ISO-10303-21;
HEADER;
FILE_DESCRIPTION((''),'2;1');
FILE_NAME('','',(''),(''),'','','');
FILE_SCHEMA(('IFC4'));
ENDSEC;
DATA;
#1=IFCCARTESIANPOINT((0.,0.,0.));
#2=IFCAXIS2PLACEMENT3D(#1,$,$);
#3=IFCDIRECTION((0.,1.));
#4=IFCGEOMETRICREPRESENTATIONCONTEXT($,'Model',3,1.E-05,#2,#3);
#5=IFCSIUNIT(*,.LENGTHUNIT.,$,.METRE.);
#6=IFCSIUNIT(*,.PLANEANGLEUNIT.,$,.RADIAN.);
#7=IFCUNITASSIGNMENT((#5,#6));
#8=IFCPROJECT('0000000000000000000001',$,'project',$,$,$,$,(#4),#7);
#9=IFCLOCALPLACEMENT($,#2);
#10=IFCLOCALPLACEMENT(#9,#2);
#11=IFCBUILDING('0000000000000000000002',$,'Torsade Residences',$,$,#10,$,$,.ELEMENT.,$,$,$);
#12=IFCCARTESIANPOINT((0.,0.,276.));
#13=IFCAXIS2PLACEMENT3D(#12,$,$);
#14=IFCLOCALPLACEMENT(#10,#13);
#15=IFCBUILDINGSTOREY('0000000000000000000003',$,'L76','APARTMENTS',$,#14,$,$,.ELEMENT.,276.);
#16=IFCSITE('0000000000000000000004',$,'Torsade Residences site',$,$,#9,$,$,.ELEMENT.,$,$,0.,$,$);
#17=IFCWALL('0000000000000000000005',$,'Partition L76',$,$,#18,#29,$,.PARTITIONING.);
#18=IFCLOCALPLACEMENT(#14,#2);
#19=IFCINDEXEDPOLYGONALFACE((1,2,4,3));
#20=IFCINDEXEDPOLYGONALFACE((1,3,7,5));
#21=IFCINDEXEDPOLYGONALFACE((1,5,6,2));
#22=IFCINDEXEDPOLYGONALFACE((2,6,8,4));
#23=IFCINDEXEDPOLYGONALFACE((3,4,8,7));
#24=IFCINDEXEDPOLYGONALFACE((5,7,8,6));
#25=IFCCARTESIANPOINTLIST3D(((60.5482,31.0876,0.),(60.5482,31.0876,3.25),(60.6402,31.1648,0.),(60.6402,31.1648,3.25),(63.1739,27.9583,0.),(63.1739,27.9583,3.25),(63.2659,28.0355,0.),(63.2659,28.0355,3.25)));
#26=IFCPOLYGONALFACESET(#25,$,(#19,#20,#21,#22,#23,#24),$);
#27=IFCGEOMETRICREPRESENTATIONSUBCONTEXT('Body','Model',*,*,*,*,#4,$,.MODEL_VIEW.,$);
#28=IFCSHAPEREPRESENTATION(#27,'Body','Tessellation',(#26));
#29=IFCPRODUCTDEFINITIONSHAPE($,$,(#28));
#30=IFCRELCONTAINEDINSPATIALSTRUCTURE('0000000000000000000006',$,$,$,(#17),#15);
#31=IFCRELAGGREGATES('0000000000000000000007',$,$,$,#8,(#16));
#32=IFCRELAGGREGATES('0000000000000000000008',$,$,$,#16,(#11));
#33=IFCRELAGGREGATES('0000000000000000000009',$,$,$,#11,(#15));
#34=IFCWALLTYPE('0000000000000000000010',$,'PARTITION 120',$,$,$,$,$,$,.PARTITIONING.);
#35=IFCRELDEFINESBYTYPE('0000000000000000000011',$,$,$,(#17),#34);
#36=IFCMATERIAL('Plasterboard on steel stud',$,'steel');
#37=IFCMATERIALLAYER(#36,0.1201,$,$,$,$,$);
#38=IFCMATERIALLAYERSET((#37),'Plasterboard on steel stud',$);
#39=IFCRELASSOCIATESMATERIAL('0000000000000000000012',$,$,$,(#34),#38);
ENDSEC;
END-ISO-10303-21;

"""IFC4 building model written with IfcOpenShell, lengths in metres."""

from ifc_helpers import new_model, si_unit, direction, frame, frame_2d, origin, place, context, subcontext, project, spatial, rectangle, extrude, material, layer, layer_set, type_object, element, save


model = new_model("IFC4")

# Units and contexts
model_context = context("Model", 3, precision=1e-05, world=origin(), true_north=direction((0.0, 1.0)))
body_context = subcontext(model_context, "Body", "Model", "MODEL_VIEW")
ifc_project = project(units=[si_unit("LENGTHUNIT", "METRE"), si_unit("PLANEANGLEUNIT", "RADIAN")], contexts=[model_context])

# Site, building, storey
site_placement = place(None, origin())
site = spatial("IfcSite", under=ifc_project, at=site_placement, Name="Torsade Residences site", CompositionType="ELEMENT", RefElevation=0.0)
building_placement = place(site_placement, origin())
building = spatial("IfcBuilding", under=site, at=building_placement, Name="Torsade Residences", CompositionType="ELEMENT")
storey_placement = place(building_placement, frame((0.0, 0.0, 276.0)))
storey = spatial("IfcBuildingStorey", under=building, at=storey_placement, Name="L76", Description="APARTMENTS", CompositionType="ELEMENT", Elevation=276.0)

# Wall
ifc_material_1 = material(Name="Plasterboard on steel stud", Category="steel")
ifc_layer_1 = layer(ifc_material_1, 0.1201)
ifc_layer_set_1 = layer_set([ifc_layer_1], Name="Plasterboard on steel stud")
wall_type = type_object("IfcWallType", Name="PARTITION 120", PredefinedType="PARTITIONING", material=ifc_layer_set_1)
wall_placement = place(storey_placement, frame((60.5942, 31.1262, 0.0), z_axis=(0.0, 0.0, 1.0), x_axis=(0.642767, -0.766061, 0.0)))
element("IfcWall", 1, at=wall_placement, inside=storey, type_object=wall_type, Name="Partition L76", PredefinedType="PARTITIONING", context=body_context, shape_type="SweptSolid", body=[
    extrude(rectangle(XDim=4.085, YDim=0.1201, at=frame_2d((2.0425, 0.0))), origin(), (0.0, 0.0, 1.0), 3.25),
])

save(model, "model.ifc")
